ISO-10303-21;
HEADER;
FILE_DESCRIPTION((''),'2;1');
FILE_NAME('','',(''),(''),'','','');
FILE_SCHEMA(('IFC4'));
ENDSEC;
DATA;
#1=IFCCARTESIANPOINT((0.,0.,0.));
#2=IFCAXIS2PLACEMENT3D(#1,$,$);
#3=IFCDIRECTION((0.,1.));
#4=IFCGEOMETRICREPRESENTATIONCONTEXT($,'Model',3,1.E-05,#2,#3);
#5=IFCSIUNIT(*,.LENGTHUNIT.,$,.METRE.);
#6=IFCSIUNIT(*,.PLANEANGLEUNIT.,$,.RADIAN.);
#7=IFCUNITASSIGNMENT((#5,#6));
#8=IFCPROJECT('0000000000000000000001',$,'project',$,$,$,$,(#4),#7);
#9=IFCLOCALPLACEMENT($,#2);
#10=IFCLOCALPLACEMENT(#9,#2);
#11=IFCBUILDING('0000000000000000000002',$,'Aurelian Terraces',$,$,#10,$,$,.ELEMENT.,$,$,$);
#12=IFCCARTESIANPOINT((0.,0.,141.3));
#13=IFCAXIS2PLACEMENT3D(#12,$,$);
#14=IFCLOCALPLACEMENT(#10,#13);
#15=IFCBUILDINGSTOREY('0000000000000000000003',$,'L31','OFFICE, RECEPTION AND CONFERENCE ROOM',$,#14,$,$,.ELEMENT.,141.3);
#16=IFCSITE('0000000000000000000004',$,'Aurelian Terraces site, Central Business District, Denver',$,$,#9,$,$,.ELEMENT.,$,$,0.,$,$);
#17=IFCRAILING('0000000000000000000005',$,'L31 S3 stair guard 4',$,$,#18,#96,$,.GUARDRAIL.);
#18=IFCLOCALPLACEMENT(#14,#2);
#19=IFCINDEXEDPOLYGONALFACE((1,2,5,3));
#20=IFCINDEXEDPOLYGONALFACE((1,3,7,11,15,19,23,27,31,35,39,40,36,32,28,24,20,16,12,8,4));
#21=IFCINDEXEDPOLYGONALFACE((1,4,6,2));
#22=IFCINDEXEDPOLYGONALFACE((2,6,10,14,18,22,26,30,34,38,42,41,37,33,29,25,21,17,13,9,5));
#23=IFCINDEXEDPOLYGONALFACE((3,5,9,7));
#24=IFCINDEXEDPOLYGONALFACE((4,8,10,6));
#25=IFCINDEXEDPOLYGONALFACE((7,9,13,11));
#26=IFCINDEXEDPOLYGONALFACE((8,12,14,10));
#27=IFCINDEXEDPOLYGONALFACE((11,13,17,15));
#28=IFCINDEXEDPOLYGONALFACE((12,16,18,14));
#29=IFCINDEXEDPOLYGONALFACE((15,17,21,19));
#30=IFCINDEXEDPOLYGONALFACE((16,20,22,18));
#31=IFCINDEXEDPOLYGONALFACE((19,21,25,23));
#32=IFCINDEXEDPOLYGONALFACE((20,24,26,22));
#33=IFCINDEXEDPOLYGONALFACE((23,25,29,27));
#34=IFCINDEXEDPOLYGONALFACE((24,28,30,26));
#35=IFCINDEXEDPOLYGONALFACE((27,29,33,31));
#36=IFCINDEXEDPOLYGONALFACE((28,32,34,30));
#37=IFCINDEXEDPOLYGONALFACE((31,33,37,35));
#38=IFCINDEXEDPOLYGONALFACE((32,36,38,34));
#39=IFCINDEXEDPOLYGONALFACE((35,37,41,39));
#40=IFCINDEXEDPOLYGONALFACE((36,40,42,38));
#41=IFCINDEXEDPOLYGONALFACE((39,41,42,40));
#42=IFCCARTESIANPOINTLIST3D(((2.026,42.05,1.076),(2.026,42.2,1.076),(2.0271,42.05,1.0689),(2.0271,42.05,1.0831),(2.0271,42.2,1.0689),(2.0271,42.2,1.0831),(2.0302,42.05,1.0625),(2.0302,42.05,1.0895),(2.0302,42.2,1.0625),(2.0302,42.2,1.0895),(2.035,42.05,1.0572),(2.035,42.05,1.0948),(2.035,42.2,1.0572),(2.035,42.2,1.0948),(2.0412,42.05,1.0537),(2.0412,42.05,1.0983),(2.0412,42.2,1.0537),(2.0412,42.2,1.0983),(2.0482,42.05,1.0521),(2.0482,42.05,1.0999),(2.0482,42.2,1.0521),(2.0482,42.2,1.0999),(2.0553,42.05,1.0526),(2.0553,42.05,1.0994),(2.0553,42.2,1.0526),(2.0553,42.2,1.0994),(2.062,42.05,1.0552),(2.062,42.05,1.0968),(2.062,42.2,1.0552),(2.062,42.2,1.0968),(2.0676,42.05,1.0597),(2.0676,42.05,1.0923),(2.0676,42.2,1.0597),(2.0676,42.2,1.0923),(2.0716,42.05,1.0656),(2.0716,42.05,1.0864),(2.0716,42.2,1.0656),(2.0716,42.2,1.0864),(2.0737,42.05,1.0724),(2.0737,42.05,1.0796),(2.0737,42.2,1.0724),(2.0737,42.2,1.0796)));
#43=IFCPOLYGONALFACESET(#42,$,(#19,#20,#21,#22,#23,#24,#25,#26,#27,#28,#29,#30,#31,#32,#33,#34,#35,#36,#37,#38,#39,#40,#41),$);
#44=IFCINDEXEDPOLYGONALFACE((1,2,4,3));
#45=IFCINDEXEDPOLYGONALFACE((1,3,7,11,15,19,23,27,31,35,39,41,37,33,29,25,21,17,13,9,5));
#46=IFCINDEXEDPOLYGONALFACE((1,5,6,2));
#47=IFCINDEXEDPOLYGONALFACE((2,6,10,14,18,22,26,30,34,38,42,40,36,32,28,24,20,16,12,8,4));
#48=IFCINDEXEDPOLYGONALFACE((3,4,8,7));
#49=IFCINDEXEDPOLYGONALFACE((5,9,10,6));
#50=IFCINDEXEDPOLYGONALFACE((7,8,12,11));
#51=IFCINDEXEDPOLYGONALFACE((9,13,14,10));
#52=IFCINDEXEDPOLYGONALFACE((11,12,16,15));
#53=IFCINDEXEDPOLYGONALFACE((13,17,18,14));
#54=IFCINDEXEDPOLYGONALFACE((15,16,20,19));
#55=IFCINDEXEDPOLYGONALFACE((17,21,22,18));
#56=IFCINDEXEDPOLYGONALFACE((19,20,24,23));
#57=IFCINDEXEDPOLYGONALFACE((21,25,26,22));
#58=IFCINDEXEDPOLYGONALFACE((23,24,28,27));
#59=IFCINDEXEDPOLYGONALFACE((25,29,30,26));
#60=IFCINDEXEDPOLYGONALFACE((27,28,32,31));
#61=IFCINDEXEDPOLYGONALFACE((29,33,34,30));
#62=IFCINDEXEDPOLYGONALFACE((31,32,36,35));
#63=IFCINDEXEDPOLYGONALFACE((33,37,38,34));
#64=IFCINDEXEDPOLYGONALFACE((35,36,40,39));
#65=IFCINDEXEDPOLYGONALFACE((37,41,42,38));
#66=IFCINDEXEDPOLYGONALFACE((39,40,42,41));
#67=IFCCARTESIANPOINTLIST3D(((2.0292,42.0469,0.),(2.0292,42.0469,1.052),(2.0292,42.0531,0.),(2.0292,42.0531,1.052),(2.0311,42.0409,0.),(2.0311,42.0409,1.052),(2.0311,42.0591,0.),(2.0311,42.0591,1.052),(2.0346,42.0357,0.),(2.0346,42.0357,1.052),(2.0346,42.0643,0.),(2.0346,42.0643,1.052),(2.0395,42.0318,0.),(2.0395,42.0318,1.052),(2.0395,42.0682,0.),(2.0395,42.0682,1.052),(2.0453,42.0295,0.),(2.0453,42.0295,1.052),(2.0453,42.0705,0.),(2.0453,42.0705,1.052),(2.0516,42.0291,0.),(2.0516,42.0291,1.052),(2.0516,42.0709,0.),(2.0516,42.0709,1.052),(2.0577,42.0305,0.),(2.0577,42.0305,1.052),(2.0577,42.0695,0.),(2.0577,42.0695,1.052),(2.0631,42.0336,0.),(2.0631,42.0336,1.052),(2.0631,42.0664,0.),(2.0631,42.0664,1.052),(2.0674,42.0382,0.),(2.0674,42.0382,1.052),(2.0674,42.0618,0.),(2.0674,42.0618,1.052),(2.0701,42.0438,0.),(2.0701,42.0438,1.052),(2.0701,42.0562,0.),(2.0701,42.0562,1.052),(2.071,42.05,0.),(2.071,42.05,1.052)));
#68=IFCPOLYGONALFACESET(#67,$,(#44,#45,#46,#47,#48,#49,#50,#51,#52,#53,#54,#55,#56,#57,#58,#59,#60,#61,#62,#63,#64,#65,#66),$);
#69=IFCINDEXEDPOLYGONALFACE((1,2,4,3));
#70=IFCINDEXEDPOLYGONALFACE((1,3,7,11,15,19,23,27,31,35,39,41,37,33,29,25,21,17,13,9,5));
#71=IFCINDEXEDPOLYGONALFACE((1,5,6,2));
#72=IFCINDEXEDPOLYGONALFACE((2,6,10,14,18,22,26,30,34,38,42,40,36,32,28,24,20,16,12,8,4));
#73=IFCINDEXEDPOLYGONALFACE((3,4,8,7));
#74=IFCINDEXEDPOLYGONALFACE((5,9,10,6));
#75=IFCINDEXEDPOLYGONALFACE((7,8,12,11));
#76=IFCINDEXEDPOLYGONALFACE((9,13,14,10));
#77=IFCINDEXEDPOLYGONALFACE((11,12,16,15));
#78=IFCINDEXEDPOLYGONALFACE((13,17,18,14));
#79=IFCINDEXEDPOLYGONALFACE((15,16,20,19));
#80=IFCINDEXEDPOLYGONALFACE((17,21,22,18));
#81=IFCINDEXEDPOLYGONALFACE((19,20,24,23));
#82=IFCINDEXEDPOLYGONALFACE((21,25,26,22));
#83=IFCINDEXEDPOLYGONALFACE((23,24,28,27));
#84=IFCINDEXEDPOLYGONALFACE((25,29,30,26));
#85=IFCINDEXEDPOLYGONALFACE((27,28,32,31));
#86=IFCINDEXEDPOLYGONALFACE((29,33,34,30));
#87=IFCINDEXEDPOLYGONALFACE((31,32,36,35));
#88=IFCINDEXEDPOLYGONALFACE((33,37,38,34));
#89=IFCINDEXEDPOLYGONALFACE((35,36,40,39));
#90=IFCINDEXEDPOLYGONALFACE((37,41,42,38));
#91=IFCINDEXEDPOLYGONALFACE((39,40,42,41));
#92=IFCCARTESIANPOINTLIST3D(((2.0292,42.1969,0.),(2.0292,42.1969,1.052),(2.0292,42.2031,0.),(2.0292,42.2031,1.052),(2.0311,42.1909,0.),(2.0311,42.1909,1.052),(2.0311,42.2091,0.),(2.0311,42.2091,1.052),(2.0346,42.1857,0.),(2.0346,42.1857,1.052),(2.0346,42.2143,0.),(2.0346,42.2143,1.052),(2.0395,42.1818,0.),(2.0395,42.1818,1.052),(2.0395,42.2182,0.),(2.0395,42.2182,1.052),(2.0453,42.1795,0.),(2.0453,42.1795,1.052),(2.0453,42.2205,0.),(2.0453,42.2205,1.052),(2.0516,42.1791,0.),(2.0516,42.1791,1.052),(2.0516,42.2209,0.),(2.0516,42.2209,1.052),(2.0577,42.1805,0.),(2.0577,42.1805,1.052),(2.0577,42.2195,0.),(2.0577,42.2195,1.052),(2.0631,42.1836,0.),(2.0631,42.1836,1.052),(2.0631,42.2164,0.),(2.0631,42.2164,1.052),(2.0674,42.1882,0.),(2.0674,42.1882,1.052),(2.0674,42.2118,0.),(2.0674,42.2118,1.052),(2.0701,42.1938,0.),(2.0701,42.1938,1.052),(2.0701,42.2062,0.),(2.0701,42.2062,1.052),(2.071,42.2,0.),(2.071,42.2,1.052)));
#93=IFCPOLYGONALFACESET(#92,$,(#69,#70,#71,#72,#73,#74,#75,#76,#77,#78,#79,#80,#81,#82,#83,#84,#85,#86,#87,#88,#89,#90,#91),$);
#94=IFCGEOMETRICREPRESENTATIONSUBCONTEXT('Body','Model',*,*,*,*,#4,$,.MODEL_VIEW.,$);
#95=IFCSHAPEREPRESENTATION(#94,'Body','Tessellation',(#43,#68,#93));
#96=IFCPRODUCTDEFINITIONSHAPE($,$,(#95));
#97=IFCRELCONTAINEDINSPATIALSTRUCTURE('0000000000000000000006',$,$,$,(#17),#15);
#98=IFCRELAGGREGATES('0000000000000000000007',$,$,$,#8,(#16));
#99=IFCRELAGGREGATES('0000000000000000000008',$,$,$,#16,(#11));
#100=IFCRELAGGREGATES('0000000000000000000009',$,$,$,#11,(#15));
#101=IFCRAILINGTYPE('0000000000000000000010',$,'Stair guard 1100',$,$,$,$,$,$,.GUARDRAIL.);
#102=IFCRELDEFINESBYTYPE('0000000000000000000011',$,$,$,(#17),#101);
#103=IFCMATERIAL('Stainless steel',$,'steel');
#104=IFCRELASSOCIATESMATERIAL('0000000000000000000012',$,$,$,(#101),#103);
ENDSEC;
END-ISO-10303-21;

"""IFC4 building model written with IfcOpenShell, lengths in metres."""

from ifc_helpers import new_model, si_unit, direction, frame, origin, origin_2d, place, context, subcontext, project, spatial, circle, extrude, source, transform, mapped, material, type_object, element, save


model = new_model("IFC4")

# Units and contexts
model_context = context("Model", 3, precision=1e-05, world=origin(), true_north=direction((0.0, 1.0)))
body_context = subcontext(model_context, "Body", "Model", "MODEL_VIEW")
ifc_project = project(units=[si_unit("LENGTHUNIT", "METRE"), si_unit("PLANEANGLEUNIT", "RADIAN")], contexts=[model_context])

# Site, building, storey
site_placement = place(None, origin())
site = spatial("IfcSite", under=ifc_project, at=site_placement, Name="Aurelian Terraces site, Central Business District, Denver", CompositionType="ELEMENT", RefElevation=0.0)
building_placement = place(site_placement, origin())
building = spatial("IfcBuilding", under=site, at=building_placement, Name="Aurelian Terraces", CompositionType="ELEMENT")
storey_placement = place(building_placement, frame((0.0, 0.0, 141.3)))
storey = spatial("IfcBuildingStorey", under=building, at=storey_placement, Name="L31", Description="OFFICE, RECEPTION AND CONFERENCE ROOM", CompositionType="ELEMENT", Elevation=141.3)

# Railing
ifc_material_1 = material(Name="Stainless steel", Category="steel")
railing_type_1 = type_object("IfcRailingType", Name="Stair guard 1100", PredefinedType="GUARDRAIL", material=ifc_material_1)
shared_shape_1 = source(origin(), body_context, "Body", "SweptSolid", [
    extrude(circle(Radius=0.024, at=origin_2d()), frame((0.0, 0.0, 1.076), z_axis=(0.0, 1.0, 0.0), x_axis=(-1.0, 0.0, 0.0)), (0.0, 0.0, 1.0), 0.15),
    extrude(circle(Radius=0.021, at=origin_2d()), origin(), (0.0, 0.0, 1.0), 1.052),
    extrude(circle(Radius=0.021, at=origin_2d()), frame((0.0, 0.15, 0.0)), (0.0, 0.0, 1.0), 1.052),
])
for number, where, name in (
    (1, (2.05, 42.05, 0.0), "L31 S3 stair guard 4"),
):
    element("IfcRailing", number, at=place(storey_placement, frame(where)), inside=storey, type_object=railing_type_1, Name=name, PredefinedType="GUARDRAIL", context=body_context, shape_type="MappedRepresentation", body=[
        mapped(shared_shape_1, transform((0.0, 0.0, 0.0), scale=1.0)),
    ])

save(model, "model.ifc")
